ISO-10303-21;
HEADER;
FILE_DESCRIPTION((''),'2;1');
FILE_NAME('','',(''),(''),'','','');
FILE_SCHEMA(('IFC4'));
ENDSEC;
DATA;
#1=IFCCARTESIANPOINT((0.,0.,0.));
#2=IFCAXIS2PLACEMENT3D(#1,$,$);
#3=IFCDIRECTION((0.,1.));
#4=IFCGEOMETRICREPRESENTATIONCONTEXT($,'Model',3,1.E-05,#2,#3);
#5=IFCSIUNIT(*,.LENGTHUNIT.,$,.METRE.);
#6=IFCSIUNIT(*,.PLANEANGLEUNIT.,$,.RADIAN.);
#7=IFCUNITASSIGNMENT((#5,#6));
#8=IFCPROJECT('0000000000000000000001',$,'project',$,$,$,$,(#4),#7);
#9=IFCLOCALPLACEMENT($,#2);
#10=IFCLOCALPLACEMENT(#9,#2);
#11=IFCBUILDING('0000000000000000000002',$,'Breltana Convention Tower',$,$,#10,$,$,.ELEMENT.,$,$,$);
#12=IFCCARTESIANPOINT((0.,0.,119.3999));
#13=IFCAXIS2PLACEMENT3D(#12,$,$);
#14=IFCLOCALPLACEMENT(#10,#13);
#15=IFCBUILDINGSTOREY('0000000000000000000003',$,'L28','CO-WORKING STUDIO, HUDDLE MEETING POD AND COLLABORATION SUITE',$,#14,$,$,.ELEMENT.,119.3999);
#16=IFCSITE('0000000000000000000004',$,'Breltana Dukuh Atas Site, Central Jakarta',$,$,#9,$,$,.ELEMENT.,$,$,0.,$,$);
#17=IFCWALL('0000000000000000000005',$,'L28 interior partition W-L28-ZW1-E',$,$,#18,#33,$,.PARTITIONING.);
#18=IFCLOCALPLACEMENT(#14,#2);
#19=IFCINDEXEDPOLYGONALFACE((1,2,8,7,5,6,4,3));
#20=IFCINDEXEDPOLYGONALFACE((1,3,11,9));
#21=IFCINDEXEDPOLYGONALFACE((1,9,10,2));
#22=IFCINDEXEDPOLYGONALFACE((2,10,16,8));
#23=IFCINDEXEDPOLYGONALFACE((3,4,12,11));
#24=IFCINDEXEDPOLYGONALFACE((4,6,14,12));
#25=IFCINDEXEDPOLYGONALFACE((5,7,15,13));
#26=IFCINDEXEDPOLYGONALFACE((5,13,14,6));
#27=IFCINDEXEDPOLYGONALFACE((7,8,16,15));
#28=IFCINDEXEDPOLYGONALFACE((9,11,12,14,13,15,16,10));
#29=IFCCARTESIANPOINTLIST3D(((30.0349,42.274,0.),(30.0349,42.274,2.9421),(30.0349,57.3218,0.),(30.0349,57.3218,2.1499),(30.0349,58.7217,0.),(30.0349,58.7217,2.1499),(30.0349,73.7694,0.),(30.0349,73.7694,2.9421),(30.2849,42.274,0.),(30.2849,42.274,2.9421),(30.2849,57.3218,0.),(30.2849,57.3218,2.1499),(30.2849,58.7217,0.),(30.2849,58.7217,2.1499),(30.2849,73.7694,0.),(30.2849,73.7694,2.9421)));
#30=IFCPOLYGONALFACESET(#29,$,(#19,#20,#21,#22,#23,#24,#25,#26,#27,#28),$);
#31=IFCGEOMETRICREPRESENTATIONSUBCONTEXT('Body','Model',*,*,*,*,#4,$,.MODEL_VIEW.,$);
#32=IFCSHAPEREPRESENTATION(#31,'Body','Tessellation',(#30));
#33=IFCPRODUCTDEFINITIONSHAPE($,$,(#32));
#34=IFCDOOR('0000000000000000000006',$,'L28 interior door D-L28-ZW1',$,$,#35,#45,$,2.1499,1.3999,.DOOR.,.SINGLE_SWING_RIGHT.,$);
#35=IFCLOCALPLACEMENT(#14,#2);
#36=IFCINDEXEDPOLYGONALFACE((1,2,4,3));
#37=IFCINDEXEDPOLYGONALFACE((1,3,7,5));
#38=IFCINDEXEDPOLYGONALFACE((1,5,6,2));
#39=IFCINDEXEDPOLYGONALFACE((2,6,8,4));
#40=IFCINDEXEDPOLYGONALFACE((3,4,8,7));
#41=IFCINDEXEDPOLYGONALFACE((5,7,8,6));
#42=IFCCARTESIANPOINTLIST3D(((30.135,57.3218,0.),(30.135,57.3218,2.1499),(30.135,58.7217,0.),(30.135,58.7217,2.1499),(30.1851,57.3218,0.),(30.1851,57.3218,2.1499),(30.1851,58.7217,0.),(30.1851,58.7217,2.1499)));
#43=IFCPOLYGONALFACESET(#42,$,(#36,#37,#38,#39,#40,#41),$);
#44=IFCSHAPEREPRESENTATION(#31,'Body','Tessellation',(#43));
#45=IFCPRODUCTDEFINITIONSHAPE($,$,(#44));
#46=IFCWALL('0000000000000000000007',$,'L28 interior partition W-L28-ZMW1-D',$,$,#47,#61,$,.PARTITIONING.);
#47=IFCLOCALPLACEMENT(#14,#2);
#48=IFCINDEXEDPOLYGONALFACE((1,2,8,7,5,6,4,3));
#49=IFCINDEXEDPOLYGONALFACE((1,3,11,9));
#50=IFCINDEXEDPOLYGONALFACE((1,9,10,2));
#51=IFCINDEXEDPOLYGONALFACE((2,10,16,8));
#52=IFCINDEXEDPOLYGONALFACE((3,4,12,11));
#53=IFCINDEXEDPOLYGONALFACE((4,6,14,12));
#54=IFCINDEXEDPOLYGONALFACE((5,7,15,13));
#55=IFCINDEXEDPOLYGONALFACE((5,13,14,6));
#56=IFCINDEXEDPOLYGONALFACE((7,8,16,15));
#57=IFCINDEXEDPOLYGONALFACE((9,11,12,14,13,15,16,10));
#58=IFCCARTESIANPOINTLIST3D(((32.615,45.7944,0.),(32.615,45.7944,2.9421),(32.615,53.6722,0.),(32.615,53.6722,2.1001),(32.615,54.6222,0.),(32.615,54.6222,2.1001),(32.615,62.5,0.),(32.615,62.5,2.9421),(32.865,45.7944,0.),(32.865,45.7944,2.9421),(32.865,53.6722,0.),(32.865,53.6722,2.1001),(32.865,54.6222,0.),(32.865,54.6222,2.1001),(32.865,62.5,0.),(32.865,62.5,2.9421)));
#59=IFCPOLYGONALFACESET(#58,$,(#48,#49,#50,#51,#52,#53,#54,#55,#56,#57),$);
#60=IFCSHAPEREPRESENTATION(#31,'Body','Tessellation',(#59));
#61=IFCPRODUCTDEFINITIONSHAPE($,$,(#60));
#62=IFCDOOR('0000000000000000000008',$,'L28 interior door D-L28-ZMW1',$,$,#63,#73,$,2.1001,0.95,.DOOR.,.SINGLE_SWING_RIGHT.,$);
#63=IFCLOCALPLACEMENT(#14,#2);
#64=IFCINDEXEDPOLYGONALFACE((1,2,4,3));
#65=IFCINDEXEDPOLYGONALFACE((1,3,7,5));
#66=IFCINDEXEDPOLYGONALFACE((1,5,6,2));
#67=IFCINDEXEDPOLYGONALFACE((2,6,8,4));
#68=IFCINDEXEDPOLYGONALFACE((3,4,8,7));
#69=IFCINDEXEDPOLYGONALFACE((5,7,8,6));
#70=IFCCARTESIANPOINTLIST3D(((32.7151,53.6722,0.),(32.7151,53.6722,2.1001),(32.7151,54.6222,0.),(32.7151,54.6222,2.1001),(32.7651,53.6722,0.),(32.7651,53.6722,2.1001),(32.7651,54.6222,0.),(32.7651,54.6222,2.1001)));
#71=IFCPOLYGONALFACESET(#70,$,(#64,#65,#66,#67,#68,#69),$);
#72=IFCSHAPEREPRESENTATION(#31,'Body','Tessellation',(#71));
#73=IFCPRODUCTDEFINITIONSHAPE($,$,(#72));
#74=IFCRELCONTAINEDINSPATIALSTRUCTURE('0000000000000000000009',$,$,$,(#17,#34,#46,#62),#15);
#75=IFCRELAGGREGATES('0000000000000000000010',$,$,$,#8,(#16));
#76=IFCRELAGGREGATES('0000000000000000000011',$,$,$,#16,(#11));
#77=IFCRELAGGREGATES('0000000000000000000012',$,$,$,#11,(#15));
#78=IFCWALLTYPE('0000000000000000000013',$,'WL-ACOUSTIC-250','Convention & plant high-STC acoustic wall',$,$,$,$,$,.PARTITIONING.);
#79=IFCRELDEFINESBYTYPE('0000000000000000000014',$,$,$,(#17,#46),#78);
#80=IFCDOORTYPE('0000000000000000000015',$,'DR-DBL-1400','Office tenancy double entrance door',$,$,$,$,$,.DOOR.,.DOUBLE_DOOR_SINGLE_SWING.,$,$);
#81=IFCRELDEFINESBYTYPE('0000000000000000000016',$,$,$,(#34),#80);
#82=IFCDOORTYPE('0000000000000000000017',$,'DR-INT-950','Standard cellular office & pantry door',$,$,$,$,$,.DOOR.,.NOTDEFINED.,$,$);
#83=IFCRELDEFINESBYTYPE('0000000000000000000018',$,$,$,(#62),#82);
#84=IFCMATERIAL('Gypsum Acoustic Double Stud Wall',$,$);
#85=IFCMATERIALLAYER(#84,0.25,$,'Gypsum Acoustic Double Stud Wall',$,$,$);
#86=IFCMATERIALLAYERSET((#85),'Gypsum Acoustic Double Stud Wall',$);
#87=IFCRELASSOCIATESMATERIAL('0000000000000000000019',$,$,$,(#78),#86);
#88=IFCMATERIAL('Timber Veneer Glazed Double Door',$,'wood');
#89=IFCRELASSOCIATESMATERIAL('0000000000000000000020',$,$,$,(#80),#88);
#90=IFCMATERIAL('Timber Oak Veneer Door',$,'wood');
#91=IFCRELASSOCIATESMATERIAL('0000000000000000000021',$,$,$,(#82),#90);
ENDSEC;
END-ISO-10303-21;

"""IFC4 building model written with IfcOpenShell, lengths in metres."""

from ifc_helpers import new_model, si_unit, direction, frame, frame_2d, origin, place, context, subcontext, project, spatial, rectangle, extrude, source, transform, mapped, material, layer, layer_set, type_object, type_shapes, element, fill, save


model = new_model("IFC4")

# Units and contexts
model_context = context("Model", 3, precision=1e-05, world=origin(), true_north=direction((0.0, 1.0)))
body_context = subcontext(model_context, "Body", "Model", "MODEL_VIEW")
ifc_project = project(units=[si_unit("LENGTHUNIT", "METRE"), si_unit("PLANEANGLEUNIT", "RADIAN")], contexts=[model_context])

# Site, building, storey
site_placement = place(None, origin())
site = spatial("IfcSite", under=ifc_project, at=site_placement, Name="Breltana Dukuh Atas Site, Central Jakarta", CompositionType="ELEMENT", RefElevation=0.0)
building_placement = place(site_placement, origin())
building = spatial("IfcBuilding", under=site, at=building_placement, Name="Breltana Convention Tower", CompositionType="ELEMENT")
storey_placement = place(building_placement, frame((0.0, 0.0, 119.3999)))
storey = spatial("IfcBuildingStorey", under=building, at=storey_placement, Name="L28", Description="CO-WORKING STUDIO, HUDDLE MEETING POD AND COLLABORATION SUITE", CompositionType="ELEMENT", Elevation=119.3999)

# Walls, openings, doors
ifc_material_1 = material(Name="Gypsum Acoustic Double Stud Wall")
ifc_layer_1 = layer(ifc_material_1, 0.25, Name="Gypsum Acoustic Double Stud Wall")
ifc_layer_set_1 = layer_set([ifc_layer_1], Name="Gypsum Acoustic Double Stud Wall")
wall_type_1 = type_object("IfcWallType", Name="WL-ACOUSTIC-250", Description="Convention & plant high-STC acoustic wall", PredefinedType="PARTITIONING", material=ifc_layer_set_1)
shared_shape_1 = source(origin(), body_context, "Body", "SweptSolid", [
    extrude(rectangle(XDim=31.4954, YDim=0.25, at=frame_2d((15.7476, 0.0))), origin(), (0.0, 0.0, 1.0), 2.9421),
])
wall_1_placement = place(storey_placement, frame((30.1599, 42.2742, 0.0), z_axis=(0.0, 0.0, 1.0), x_axis=(0.0, 1.0, 0.0)))
wall_1 = element("IfcWall", 1, at=wall_1_placement, inside=storey, type_object=wall_type_1, Name="L28 interior partition W-L28-ZW1-E", PredefinedType="PARTITIONING", context=body_context, shape_type="MappedRepresentation", body=[
    mapped(shared_shape_1, transform((0.0, 0.0, 0.0), scale=1.0)),
])
opening_1_placement = place(wall_1_placement, frame((15.0476, 0.0, 0.0)))
opening_1 = element("IfcOpeningElement", 2, at=opening_1_placement, cuts=wall_1, PredefinedType="OPENING", context=body_context, shape_type="SweptSolid", body=[
    extrude(rectangle(XDim=1.3999, YDim=2.1499, at=frame_2d((0.7, 1.075))), frame((0.0, 0.135, 0.0), z_axis=(0.0, -1.0, 0.0), x_axis=(1.0, 0.0, 0.0)), (0.0, 0.0, 1.0), 0.27),
])
ifc_material_2 = material(Name="Timber Veneer Glazed Double Door", Category="wood")
door_type_1 = type_object("IfcDoorType", Name="DR-DBL-1400", Description="Office tenancy double entrance door", OperationType="DOUBLE_DOOR_SINGLE_SWING", PredefinedType="DOOR", material=ifc_material_2)
shared_shape_2 = source(origin(), body_context, "Body", "SweptSolid", [
    extrude(rectangle(XDim=1.3999, YDim=2.1499, at=frame_2d((0.7, 1.075))), frame((0.0, 0.0249, 0.0), z_axis=(0.0, -1.0, 0.0), x_axis=(1.0, 0.0, 0.0)), (0.0, 0.0, 1.0), 0.05),
])
type_shapes(door_type_1, [shared_shape_2])
door_1_placement = place(opening_1_placement, origin())
door_1 = element("IfcDoor", 3, at=door_1_placement, inside=storey, type_object=door_type_1, Name="L28 interior door D-L28-ZW1", OperationType="SINGLE_SWING_RIGHT", OverallHeight=2.1499, OverallWidth=1.3999, PredefinedType="DOOR", context=body_context, shape_type="MappedRepresentation", body=[
    mapped(shared_shape_2, transform((0.0, 0.0, 0.0), scale=1.0)),
])
fill(opening_1, door_1)
shared_shape_3 = source(origin(), body_context, "Body", "SweptSolid", [
    extrude(rectangle(XDim=16.7056, YDim=0.25, at=frame_2d((8.3528, 0.0))), origin(), (0.0, 0.0, 1.0), 2.9421),
])
wall_2_placement = place(storey_placement, frame((32.74, 45.7944, 0.0), z_axis=(0.0, 0.0, 1.0), x_axis=(0.0, 1.0, 0.0)))
wall_2 = element("IfcWall", 4, at=wall_2_placement, inside=storey, type_object=wall_type_1, Name="L28 interior partition W-L28-ZMW1-D", PredefinedType="PARTITIONING", context=body_context, shape_type="MappedRepresentation", body=[
    mapped(shared_shape_3, transform((0.0, 0.0, 0.0), scale=1.0)),
])
opening_2_placement = place(wall_2_placement, frame((7.8777, 0.0, 0.0)))
opening_2 = element("IfcOpeningElement", 5, at=opening_2_placement, cuts=wall_2, PredefinedType="OPENING", context=body_context, shape_type="SweptSolid", body=[
    extrude(rectangle(XDim=0.95, YDim=2.1001, at=frame_2d((0.4751, 1.05))), frame((0.0, 0.135, 0.0), z_axis=(0.0, -1.0, 0.0), x_axis=(1.0, 0.0, 0.0)), (0.0, 0.0, 1.0), 0.27),
])
ifc_material_3 = material(Name="Timber Oak Veneer Door", Category="wood")
door_type_2 = type_object("IfcDoorType", Name="DR-INT-950", Description="Standard cellular office & pantry door", OperationType="NOTDEFINED", PredefinedType="DOOR", material=ifc_material_3)
shared_shape_4 = source(origin(), body_context, "Body", "SweptSolid", [
    extrude(rectangle(XDim=0.95, YDim=2.1001, at=frame_2d((0.4751, 1.05))), frame((0.0, 0.0249, 0.0), z_axis=(0.0, -1.0, 0.0), x_axis=(1.0, 0.0, 0.0)), (0.0, 0.0, 1.0), 0.05),
])
type_shapes(door_type_2, [shared_shape_4])
door_2_placement = place(opening_2_placement, origin())
door_2 = element("IfcDoor", 6, at=door_2_placement, inside=storey, type_object=door_type_2, Name="L28 interior door D-L28-ZMW1", OperationType="SINGLE_SWING_RIGHT", OverallHeight=2.1001, OverallWidth=0.95, PredefinedType="DOOR", context=body_context, shape_type="MappedRepresentation", body=[
    mapped(shared_shape_4, transform((0.0, 0.0, 0.0), scale=1.0)),
])
fill(opening_2, door_2)

save(model, "model.ifc")
